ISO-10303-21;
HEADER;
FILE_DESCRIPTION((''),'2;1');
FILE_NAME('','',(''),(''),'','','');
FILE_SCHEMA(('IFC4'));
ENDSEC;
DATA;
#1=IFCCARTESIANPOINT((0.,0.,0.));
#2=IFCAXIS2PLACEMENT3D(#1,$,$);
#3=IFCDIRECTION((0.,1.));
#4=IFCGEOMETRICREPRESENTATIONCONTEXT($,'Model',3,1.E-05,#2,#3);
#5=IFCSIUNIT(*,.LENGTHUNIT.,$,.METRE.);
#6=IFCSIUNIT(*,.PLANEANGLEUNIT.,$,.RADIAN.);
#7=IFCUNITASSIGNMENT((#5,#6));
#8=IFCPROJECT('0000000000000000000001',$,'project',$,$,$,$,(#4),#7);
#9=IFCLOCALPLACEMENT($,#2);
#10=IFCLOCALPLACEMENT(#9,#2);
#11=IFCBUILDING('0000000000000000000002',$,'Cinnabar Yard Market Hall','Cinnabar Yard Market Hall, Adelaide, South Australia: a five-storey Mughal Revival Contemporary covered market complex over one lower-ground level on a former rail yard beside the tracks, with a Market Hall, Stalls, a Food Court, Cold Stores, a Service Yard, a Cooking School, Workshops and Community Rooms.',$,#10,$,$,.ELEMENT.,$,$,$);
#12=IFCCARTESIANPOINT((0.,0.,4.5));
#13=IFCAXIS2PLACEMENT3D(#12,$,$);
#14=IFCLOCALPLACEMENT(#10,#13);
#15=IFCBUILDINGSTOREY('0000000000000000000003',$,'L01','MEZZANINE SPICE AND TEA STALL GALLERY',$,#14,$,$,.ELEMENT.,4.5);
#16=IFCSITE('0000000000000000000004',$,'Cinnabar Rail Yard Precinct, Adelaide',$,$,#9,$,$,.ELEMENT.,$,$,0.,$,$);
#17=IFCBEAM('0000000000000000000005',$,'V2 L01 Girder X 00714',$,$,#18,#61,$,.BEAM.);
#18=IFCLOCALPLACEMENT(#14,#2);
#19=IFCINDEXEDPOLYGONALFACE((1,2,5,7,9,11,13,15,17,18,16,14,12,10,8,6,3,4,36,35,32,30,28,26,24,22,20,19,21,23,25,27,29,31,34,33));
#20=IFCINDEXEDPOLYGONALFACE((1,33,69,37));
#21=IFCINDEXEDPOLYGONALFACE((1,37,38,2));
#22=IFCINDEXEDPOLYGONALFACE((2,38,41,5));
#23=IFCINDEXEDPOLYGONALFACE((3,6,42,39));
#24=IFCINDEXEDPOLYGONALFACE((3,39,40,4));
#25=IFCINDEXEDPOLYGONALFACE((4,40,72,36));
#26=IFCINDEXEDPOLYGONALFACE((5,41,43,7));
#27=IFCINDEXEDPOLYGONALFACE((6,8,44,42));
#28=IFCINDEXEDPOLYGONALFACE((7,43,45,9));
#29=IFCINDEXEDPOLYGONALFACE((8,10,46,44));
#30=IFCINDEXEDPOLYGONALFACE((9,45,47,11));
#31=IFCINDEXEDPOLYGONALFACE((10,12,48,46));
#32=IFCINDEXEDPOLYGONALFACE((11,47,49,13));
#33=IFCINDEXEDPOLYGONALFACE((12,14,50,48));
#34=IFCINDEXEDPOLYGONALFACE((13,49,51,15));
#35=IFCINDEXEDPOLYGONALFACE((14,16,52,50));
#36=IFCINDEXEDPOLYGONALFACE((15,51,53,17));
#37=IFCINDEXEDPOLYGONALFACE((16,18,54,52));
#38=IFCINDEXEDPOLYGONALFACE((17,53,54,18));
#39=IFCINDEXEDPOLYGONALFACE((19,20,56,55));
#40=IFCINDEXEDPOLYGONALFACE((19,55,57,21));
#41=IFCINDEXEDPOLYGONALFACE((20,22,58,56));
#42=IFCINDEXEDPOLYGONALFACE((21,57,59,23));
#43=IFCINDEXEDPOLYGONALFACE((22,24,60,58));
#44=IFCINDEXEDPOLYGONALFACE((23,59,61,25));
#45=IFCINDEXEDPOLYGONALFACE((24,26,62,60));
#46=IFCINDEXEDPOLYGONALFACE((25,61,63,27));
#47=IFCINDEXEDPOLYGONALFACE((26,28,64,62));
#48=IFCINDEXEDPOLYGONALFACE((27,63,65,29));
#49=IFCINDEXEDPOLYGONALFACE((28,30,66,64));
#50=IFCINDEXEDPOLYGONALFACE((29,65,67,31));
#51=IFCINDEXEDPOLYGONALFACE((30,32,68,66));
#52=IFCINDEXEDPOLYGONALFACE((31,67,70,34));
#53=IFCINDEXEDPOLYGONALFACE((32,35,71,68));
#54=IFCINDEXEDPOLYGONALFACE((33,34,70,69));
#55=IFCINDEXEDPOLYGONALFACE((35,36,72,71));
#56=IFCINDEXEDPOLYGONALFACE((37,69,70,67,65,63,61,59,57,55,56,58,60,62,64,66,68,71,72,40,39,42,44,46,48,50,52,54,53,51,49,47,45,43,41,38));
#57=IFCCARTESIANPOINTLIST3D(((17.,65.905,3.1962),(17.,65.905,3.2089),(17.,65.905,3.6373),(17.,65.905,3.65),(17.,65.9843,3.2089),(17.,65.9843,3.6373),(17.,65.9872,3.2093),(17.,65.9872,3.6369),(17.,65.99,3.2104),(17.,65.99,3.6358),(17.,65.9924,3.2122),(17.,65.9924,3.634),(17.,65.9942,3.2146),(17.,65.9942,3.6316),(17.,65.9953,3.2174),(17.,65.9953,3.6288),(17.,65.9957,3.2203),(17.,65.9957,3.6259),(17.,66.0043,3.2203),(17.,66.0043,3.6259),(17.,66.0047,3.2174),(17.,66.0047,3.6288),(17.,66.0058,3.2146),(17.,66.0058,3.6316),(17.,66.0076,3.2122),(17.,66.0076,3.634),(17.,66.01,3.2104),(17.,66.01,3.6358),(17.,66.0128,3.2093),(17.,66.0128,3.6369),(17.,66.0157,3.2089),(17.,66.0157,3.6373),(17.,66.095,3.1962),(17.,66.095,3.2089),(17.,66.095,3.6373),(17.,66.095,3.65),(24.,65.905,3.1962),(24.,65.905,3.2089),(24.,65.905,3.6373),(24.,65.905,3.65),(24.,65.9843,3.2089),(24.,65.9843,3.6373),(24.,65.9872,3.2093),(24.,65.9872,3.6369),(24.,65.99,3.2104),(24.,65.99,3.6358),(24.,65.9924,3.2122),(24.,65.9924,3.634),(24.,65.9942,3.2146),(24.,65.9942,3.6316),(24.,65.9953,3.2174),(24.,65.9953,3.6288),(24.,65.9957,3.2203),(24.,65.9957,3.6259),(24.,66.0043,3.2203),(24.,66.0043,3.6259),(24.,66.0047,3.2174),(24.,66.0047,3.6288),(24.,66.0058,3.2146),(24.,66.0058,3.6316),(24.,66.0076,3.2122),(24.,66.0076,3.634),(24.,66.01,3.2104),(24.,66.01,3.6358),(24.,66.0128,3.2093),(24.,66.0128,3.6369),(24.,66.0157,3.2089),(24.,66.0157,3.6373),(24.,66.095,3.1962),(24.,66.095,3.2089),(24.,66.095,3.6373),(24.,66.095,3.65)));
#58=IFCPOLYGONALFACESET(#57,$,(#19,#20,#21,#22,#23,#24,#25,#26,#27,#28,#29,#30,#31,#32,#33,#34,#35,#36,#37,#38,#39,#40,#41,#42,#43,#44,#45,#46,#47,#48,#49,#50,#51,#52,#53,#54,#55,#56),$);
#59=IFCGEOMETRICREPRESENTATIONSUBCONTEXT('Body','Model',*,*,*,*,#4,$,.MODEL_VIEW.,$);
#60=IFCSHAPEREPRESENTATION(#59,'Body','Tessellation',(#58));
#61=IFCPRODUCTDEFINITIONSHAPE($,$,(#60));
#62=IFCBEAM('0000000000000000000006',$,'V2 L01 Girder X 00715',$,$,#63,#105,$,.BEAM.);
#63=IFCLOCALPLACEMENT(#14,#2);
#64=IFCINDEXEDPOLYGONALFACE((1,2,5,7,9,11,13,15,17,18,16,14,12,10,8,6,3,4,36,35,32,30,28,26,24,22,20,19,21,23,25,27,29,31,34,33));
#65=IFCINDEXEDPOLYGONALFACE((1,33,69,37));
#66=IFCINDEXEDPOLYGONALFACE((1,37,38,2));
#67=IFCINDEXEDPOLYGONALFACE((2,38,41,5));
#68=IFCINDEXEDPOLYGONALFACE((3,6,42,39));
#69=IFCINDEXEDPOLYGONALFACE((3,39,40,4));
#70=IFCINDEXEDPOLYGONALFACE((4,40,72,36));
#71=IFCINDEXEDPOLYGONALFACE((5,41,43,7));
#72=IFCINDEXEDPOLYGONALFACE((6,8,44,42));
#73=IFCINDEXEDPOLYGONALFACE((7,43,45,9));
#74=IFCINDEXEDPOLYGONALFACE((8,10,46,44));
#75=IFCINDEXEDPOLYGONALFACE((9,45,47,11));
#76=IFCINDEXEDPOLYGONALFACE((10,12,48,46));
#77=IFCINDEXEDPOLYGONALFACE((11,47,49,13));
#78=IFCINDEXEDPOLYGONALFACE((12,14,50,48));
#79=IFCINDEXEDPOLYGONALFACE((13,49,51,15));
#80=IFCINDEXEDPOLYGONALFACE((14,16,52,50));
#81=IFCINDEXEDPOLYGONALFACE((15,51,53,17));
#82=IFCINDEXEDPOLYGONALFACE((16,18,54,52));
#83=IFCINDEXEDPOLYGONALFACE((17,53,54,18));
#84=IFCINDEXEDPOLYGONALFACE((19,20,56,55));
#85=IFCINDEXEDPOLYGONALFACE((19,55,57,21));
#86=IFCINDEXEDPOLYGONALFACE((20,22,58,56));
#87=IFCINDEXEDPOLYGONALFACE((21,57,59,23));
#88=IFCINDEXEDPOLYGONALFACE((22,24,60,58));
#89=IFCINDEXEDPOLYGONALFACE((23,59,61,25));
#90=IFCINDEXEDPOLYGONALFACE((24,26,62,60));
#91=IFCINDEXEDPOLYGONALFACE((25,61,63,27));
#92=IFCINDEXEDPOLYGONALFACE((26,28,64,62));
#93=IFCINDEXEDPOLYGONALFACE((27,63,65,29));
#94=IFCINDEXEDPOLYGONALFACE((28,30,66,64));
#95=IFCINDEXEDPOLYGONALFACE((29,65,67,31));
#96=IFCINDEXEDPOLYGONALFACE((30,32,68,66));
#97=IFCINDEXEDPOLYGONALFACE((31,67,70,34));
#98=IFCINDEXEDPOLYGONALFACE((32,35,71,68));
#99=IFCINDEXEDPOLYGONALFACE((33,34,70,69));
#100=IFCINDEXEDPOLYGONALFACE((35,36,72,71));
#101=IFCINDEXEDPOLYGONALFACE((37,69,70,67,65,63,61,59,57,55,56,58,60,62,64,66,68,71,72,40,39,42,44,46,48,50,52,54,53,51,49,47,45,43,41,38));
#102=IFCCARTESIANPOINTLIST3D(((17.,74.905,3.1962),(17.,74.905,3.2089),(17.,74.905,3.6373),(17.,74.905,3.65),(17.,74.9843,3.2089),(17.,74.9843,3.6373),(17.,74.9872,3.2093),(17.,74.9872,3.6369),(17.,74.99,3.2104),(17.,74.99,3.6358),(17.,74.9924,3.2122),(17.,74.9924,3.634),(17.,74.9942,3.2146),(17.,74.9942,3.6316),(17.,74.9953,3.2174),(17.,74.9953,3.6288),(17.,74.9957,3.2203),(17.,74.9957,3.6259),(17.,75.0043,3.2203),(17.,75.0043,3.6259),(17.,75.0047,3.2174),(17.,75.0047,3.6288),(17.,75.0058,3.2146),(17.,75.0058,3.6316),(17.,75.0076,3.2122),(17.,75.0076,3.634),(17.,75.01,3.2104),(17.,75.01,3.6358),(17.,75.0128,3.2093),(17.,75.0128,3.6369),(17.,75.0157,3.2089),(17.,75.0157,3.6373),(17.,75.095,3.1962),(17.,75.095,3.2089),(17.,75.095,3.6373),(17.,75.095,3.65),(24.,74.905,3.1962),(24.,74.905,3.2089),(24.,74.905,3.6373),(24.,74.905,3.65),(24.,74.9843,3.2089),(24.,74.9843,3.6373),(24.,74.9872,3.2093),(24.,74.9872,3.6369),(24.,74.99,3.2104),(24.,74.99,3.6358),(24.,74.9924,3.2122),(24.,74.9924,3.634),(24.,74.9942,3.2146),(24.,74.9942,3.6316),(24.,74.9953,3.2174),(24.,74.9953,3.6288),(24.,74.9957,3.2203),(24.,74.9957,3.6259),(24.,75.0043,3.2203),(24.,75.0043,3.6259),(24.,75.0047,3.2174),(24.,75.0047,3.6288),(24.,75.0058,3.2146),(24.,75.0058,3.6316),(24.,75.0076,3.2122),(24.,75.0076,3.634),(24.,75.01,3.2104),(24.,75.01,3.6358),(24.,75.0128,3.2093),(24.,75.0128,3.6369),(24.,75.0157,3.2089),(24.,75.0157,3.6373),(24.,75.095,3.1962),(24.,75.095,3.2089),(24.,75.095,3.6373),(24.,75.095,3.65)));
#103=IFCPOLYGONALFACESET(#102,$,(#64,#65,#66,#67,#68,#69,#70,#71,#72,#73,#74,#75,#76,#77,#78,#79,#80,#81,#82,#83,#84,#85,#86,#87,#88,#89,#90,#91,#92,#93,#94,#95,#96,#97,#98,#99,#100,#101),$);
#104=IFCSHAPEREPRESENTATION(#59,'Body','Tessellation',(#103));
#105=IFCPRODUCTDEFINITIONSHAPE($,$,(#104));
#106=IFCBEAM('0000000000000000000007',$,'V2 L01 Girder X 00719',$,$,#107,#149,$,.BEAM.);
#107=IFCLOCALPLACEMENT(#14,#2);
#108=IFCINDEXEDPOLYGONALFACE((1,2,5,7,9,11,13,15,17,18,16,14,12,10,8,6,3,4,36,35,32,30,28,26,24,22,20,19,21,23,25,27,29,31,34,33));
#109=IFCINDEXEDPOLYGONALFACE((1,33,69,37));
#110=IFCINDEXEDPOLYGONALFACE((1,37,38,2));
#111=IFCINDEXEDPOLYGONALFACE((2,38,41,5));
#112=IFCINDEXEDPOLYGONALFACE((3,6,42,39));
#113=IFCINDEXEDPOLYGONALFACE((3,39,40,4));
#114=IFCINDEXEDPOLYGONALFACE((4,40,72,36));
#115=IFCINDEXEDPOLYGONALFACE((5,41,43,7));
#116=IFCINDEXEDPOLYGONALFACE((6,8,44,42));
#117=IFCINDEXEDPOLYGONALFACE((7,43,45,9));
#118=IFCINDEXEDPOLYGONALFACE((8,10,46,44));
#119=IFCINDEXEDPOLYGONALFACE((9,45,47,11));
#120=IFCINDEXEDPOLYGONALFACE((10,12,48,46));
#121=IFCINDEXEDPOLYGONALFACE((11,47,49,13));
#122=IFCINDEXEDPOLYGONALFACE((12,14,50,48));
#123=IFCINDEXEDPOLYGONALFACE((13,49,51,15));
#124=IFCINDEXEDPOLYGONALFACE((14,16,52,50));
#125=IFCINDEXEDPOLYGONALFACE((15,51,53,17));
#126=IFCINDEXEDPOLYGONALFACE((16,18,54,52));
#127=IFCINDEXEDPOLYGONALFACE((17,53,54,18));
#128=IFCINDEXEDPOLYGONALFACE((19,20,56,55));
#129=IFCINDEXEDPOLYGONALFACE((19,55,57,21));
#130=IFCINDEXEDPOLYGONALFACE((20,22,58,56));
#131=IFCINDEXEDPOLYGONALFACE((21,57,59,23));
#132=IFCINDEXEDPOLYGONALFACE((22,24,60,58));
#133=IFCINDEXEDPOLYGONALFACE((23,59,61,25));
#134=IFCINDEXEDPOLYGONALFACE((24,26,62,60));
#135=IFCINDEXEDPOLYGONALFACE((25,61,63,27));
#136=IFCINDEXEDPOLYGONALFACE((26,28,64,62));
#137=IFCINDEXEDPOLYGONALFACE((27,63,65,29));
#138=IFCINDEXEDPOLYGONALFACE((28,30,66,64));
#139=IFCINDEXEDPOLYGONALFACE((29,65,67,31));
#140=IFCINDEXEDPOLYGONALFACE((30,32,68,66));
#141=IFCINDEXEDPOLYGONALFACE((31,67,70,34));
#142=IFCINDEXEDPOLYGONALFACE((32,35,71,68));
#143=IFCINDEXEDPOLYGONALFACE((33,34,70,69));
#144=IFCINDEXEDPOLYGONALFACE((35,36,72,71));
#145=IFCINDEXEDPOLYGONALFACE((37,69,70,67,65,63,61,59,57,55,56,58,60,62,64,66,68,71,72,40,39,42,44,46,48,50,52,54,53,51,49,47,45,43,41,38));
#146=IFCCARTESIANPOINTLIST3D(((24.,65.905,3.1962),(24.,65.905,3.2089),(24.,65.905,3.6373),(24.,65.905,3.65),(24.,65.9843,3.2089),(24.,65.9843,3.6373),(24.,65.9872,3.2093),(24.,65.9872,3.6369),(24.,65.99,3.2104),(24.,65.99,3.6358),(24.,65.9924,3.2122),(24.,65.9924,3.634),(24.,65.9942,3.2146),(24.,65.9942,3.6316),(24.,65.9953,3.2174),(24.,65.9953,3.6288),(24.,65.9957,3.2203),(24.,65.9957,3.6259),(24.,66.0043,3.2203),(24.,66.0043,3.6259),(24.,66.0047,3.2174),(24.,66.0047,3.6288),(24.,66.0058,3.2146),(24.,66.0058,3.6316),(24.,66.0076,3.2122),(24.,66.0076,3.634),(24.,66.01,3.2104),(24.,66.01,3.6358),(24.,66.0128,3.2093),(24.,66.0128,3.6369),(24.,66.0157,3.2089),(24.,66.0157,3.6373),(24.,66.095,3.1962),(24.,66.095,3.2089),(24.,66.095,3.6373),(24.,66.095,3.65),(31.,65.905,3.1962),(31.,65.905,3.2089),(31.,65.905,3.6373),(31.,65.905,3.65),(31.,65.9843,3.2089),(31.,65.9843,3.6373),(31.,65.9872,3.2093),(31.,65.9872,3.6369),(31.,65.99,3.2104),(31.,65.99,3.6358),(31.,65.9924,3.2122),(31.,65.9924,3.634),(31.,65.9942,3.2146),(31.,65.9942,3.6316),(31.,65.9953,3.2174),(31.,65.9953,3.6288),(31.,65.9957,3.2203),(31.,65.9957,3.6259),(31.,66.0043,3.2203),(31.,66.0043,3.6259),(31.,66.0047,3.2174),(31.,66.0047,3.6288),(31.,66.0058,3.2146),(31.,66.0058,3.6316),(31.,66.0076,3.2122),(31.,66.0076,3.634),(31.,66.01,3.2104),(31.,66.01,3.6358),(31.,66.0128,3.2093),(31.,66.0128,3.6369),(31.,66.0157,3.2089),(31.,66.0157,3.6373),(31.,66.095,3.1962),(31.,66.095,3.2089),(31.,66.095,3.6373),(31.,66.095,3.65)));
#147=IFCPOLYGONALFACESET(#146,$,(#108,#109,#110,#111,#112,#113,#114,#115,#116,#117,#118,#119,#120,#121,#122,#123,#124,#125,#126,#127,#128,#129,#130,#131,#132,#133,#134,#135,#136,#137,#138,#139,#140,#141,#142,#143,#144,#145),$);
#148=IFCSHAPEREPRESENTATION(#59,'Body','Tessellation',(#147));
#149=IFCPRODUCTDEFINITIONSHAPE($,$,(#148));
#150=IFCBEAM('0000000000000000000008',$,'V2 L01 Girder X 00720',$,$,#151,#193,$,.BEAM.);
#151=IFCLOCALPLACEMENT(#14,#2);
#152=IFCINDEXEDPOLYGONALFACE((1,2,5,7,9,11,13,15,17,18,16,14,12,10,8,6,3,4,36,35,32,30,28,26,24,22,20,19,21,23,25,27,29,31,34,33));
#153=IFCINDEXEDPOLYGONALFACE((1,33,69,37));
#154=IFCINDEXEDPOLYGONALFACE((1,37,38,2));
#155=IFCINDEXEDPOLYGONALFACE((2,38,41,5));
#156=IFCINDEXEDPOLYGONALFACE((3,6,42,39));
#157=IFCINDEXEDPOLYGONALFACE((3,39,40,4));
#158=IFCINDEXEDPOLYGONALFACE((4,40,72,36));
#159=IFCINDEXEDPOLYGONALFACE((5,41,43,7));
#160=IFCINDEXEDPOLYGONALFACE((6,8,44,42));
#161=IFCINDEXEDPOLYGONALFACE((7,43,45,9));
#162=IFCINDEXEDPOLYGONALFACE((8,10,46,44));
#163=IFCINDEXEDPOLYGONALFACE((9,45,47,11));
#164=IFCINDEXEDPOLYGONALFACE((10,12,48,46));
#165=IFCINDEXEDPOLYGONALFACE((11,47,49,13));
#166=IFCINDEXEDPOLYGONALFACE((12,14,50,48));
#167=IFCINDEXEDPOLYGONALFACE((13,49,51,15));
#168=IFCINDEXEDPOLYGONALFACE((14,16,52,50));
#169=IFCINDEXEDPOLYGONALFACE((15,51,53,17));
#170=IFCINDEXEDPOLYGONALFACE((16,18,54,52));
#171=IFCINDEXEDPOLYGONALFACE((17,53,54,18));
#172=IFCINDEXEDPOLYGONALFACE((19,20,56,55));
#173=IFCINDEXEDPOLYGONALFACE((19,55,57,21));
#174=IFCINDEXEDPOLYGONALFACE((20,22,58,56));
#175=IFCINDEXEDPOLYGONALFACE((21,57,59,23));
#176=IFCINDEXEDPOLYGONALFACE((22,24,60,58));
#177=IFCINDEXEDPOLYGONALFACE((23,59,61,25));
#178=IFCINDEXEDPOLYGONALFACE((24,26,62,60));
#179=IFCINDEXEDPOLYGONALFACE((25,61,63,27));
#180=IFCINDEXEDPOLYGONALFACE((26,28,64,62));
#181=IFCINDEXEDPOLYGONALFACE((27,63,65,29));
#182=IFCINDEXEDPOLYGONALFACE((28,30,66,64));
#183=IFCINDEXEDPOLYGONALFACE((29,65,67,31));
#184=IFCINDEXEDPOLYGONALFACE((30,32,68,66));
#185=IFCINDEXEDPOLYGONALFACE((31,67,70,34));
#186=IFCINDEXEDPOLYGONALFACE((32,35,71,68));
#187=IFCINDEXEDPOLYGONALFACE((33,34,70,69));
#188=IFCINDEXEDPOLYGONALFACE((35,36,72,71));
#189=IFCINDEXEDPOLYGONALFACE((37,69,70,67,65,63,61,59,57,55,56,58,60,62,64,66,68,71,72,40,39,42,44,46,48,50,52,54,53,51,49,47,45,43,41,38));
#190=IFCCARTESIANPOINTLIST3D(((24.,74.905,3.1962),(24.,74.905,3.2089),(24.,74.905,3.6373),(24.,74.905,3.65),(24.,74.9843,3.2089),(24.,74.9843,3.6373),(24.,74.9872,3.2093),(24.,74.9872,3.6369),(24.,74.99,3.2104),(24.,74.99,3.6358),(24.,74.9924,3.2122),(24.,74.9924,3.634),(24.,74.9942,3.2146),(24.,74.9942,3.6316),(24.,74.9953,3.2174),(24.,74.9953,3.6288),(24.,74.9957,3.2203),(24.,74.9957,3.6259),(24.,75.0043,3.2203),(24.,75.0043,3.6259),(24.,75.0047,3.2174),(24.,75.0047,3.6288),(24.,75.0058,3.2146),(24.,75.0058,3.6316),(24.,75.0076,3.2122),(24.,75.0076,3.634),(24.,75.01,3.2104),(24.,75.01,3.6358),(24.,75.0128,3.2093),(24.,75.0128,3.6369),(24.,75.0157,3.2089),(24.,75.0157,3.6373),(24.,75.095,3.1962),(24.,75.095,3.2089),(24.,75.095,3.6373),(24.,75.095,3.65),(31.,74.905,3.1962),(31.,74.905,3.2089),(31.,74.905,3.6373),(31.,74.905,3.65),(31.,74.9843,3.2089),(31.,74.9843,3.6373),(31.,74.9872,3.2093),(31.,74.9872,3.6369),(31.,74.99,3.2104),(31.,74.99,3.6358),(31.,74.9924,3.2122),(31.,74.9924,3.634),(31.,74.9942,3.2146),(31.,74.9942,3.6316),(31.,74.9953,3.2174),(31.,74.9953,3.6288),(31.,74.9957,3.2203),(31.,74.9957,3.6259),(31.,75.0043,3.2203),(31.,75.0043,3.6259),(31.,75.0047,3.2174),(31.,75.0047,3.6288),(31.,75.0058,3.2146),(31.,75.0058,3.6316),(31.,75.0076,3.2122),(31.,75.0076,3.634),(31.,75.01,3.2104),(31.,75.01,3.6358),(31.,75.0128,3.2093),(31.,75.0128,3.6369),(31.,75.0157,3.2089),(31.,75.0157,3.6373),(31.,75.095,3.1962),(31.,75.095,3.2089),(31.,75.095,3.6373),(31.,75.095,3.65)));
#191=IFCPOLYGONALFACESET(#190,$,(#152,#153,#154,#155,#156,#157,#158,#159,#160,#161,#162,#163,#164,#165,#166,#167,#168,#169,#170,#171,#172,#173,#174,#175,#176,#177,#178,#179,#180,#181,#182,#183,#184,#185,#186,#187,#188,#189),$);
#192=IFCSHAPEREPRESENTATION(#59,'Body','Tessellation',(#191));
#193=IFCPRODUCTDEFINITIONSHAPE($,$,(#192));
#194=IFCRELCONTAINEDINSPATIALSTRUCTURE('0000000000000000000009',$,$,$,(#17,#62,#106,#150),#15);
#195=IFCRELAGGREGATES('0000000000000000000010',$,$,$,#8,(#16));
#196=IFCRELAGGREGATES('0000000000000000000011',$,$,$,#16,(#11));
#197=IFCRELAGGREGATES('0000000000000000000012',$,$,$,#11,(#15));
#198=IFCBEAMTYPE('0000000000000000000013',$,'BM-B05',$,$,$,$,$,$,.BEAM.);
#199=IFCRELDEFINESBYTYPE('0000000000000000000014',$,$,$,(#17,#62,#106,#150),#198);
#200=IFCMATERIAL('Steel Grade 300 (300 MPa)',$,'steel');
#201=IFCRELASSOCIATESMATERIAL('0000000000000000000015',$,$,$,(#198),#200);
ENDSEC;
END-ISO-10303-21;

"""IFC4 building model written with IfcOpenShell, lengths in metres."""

from ifc_helpers import new_model, si_unit, direction, frame, origin, origin_2d_with_axis, place, context, subcontext, project, spatial, i_section, extrude, material, material_profile, profile_set, type_object, element, save


model = new_model("IFC4")

# Units and contexts
model_context = context("Model", 3, precision=1e-05, world=origin(), true_north=direction((0.0, 1.0)))
body_context = subcontext(model_context, "Body", "Model", "MODEL_VIEW")
ifc_project = project(units=[si_unit("LENGTHUNIT", "METRE"), si_unit("PLANEANGLEUNIT", "RADIAN")], contexts=[model_context])

# Site, building, storey
site_placement = place(None, origin())
site = spatial("IfcSite", under=ifc_project, at=site_placement, Name="Cinnabar Rail Yard Precinct, Adelaide", CompositionType="ELEMENT", RefElevation=0.0)
building_placement = place(site_placement, origin())
building = spatial("IfcBuilding", under=site, at=building_placement, Name="Cinnabar Yard Market Hall", Description="Cinnabar Yard Market Hall, Adelaide, South Australia: a five-storey Mughal Revival Contemporary covered market complex over one lower-ground level on a former rail yard beside the tracks, with a Market Hall, Stalls, a Food Court, Cold Stores, a Service Yard, a Cooking School, Workshops and Community Rooms.", CompositionType="ELEMENT")
storey_placement = place(building_placement, frame((0.0, 0.0, 4.5)))
storey = spatial("IfcBuildingStorey", under=building, at=storey_placement, Name="L01", Description="MEZZANINE SPICE AND TEA STALL GALLERY", CompositionType="ELEMENT", Elevation=4.5)

# Shared definitions
ifc_material_1 = material(Name="Steel Grade 300 (300 MPa)", Category="steel")

# Beams
ifc_material_profile_1 = material_profile(ifc_material_1, i_section(OverallWidth=0.1899, OverallDepth=0.4539, WebThickness=0.0085, FlangeThickness=0.0127, FilletRadius=0.0115, at=origin_2d_with_axis()), Name="460UB67.1")
ifc_profile_set_1 = profile_set([ifc_material_profile_1], Name="Steel Grade 300 (300 MPa)")
beam_type_1 = type_object("IfcBeamType", Name="BM-B05", PredefinedType="BEAM", material=ifc_profile_set_1)
for number, where, z_axis, x_axis, name in (
    (1, (17.0, 66.0, 3.4231), (1.0, 0.0, 0.0), (0.0, 1.0, 0.0), "V2 L01 Girder X 00714"),
    (2, (17.0, 75.0, 3.4231), (1.0, 0.0, 0.0), (0.0, 1.0, 0.0), "V2 L01 Girder X 00715"),
    (3, (24.0, 66.0, 3.4231), (1.0, 0.0, 0.0), (0.0, 1.0, 0.0), "V2 L01 Girder X 00719"),
    (4, (24.0, 75.0, 3.4231), (1.0, 0.0, 0.0), (0.0, 1.0, 0.0), "V2 L01 Girder X 00720"),
):
    element("IfcBeam", number, at=place(storey_placement, frame(where, z_axis=z_axis, x_axis=x_axis)), inside=storey, type_object=beam_type_1, Name=name, PredefinedType="BEAM", context=body_context, shape_type="SweptSolid", body=[
        extrude(i_section(OverallWidth=0.1899, OverallDepth=0.4539, WebThickness=0.0085, FlangeThickness=0.0127, FilletRadius=0.0115, at=origin_2d_with_axis()), origin(), (0.0, 0.0, 1.0), 7.0),
    ])

save(model, "model.ifc")
